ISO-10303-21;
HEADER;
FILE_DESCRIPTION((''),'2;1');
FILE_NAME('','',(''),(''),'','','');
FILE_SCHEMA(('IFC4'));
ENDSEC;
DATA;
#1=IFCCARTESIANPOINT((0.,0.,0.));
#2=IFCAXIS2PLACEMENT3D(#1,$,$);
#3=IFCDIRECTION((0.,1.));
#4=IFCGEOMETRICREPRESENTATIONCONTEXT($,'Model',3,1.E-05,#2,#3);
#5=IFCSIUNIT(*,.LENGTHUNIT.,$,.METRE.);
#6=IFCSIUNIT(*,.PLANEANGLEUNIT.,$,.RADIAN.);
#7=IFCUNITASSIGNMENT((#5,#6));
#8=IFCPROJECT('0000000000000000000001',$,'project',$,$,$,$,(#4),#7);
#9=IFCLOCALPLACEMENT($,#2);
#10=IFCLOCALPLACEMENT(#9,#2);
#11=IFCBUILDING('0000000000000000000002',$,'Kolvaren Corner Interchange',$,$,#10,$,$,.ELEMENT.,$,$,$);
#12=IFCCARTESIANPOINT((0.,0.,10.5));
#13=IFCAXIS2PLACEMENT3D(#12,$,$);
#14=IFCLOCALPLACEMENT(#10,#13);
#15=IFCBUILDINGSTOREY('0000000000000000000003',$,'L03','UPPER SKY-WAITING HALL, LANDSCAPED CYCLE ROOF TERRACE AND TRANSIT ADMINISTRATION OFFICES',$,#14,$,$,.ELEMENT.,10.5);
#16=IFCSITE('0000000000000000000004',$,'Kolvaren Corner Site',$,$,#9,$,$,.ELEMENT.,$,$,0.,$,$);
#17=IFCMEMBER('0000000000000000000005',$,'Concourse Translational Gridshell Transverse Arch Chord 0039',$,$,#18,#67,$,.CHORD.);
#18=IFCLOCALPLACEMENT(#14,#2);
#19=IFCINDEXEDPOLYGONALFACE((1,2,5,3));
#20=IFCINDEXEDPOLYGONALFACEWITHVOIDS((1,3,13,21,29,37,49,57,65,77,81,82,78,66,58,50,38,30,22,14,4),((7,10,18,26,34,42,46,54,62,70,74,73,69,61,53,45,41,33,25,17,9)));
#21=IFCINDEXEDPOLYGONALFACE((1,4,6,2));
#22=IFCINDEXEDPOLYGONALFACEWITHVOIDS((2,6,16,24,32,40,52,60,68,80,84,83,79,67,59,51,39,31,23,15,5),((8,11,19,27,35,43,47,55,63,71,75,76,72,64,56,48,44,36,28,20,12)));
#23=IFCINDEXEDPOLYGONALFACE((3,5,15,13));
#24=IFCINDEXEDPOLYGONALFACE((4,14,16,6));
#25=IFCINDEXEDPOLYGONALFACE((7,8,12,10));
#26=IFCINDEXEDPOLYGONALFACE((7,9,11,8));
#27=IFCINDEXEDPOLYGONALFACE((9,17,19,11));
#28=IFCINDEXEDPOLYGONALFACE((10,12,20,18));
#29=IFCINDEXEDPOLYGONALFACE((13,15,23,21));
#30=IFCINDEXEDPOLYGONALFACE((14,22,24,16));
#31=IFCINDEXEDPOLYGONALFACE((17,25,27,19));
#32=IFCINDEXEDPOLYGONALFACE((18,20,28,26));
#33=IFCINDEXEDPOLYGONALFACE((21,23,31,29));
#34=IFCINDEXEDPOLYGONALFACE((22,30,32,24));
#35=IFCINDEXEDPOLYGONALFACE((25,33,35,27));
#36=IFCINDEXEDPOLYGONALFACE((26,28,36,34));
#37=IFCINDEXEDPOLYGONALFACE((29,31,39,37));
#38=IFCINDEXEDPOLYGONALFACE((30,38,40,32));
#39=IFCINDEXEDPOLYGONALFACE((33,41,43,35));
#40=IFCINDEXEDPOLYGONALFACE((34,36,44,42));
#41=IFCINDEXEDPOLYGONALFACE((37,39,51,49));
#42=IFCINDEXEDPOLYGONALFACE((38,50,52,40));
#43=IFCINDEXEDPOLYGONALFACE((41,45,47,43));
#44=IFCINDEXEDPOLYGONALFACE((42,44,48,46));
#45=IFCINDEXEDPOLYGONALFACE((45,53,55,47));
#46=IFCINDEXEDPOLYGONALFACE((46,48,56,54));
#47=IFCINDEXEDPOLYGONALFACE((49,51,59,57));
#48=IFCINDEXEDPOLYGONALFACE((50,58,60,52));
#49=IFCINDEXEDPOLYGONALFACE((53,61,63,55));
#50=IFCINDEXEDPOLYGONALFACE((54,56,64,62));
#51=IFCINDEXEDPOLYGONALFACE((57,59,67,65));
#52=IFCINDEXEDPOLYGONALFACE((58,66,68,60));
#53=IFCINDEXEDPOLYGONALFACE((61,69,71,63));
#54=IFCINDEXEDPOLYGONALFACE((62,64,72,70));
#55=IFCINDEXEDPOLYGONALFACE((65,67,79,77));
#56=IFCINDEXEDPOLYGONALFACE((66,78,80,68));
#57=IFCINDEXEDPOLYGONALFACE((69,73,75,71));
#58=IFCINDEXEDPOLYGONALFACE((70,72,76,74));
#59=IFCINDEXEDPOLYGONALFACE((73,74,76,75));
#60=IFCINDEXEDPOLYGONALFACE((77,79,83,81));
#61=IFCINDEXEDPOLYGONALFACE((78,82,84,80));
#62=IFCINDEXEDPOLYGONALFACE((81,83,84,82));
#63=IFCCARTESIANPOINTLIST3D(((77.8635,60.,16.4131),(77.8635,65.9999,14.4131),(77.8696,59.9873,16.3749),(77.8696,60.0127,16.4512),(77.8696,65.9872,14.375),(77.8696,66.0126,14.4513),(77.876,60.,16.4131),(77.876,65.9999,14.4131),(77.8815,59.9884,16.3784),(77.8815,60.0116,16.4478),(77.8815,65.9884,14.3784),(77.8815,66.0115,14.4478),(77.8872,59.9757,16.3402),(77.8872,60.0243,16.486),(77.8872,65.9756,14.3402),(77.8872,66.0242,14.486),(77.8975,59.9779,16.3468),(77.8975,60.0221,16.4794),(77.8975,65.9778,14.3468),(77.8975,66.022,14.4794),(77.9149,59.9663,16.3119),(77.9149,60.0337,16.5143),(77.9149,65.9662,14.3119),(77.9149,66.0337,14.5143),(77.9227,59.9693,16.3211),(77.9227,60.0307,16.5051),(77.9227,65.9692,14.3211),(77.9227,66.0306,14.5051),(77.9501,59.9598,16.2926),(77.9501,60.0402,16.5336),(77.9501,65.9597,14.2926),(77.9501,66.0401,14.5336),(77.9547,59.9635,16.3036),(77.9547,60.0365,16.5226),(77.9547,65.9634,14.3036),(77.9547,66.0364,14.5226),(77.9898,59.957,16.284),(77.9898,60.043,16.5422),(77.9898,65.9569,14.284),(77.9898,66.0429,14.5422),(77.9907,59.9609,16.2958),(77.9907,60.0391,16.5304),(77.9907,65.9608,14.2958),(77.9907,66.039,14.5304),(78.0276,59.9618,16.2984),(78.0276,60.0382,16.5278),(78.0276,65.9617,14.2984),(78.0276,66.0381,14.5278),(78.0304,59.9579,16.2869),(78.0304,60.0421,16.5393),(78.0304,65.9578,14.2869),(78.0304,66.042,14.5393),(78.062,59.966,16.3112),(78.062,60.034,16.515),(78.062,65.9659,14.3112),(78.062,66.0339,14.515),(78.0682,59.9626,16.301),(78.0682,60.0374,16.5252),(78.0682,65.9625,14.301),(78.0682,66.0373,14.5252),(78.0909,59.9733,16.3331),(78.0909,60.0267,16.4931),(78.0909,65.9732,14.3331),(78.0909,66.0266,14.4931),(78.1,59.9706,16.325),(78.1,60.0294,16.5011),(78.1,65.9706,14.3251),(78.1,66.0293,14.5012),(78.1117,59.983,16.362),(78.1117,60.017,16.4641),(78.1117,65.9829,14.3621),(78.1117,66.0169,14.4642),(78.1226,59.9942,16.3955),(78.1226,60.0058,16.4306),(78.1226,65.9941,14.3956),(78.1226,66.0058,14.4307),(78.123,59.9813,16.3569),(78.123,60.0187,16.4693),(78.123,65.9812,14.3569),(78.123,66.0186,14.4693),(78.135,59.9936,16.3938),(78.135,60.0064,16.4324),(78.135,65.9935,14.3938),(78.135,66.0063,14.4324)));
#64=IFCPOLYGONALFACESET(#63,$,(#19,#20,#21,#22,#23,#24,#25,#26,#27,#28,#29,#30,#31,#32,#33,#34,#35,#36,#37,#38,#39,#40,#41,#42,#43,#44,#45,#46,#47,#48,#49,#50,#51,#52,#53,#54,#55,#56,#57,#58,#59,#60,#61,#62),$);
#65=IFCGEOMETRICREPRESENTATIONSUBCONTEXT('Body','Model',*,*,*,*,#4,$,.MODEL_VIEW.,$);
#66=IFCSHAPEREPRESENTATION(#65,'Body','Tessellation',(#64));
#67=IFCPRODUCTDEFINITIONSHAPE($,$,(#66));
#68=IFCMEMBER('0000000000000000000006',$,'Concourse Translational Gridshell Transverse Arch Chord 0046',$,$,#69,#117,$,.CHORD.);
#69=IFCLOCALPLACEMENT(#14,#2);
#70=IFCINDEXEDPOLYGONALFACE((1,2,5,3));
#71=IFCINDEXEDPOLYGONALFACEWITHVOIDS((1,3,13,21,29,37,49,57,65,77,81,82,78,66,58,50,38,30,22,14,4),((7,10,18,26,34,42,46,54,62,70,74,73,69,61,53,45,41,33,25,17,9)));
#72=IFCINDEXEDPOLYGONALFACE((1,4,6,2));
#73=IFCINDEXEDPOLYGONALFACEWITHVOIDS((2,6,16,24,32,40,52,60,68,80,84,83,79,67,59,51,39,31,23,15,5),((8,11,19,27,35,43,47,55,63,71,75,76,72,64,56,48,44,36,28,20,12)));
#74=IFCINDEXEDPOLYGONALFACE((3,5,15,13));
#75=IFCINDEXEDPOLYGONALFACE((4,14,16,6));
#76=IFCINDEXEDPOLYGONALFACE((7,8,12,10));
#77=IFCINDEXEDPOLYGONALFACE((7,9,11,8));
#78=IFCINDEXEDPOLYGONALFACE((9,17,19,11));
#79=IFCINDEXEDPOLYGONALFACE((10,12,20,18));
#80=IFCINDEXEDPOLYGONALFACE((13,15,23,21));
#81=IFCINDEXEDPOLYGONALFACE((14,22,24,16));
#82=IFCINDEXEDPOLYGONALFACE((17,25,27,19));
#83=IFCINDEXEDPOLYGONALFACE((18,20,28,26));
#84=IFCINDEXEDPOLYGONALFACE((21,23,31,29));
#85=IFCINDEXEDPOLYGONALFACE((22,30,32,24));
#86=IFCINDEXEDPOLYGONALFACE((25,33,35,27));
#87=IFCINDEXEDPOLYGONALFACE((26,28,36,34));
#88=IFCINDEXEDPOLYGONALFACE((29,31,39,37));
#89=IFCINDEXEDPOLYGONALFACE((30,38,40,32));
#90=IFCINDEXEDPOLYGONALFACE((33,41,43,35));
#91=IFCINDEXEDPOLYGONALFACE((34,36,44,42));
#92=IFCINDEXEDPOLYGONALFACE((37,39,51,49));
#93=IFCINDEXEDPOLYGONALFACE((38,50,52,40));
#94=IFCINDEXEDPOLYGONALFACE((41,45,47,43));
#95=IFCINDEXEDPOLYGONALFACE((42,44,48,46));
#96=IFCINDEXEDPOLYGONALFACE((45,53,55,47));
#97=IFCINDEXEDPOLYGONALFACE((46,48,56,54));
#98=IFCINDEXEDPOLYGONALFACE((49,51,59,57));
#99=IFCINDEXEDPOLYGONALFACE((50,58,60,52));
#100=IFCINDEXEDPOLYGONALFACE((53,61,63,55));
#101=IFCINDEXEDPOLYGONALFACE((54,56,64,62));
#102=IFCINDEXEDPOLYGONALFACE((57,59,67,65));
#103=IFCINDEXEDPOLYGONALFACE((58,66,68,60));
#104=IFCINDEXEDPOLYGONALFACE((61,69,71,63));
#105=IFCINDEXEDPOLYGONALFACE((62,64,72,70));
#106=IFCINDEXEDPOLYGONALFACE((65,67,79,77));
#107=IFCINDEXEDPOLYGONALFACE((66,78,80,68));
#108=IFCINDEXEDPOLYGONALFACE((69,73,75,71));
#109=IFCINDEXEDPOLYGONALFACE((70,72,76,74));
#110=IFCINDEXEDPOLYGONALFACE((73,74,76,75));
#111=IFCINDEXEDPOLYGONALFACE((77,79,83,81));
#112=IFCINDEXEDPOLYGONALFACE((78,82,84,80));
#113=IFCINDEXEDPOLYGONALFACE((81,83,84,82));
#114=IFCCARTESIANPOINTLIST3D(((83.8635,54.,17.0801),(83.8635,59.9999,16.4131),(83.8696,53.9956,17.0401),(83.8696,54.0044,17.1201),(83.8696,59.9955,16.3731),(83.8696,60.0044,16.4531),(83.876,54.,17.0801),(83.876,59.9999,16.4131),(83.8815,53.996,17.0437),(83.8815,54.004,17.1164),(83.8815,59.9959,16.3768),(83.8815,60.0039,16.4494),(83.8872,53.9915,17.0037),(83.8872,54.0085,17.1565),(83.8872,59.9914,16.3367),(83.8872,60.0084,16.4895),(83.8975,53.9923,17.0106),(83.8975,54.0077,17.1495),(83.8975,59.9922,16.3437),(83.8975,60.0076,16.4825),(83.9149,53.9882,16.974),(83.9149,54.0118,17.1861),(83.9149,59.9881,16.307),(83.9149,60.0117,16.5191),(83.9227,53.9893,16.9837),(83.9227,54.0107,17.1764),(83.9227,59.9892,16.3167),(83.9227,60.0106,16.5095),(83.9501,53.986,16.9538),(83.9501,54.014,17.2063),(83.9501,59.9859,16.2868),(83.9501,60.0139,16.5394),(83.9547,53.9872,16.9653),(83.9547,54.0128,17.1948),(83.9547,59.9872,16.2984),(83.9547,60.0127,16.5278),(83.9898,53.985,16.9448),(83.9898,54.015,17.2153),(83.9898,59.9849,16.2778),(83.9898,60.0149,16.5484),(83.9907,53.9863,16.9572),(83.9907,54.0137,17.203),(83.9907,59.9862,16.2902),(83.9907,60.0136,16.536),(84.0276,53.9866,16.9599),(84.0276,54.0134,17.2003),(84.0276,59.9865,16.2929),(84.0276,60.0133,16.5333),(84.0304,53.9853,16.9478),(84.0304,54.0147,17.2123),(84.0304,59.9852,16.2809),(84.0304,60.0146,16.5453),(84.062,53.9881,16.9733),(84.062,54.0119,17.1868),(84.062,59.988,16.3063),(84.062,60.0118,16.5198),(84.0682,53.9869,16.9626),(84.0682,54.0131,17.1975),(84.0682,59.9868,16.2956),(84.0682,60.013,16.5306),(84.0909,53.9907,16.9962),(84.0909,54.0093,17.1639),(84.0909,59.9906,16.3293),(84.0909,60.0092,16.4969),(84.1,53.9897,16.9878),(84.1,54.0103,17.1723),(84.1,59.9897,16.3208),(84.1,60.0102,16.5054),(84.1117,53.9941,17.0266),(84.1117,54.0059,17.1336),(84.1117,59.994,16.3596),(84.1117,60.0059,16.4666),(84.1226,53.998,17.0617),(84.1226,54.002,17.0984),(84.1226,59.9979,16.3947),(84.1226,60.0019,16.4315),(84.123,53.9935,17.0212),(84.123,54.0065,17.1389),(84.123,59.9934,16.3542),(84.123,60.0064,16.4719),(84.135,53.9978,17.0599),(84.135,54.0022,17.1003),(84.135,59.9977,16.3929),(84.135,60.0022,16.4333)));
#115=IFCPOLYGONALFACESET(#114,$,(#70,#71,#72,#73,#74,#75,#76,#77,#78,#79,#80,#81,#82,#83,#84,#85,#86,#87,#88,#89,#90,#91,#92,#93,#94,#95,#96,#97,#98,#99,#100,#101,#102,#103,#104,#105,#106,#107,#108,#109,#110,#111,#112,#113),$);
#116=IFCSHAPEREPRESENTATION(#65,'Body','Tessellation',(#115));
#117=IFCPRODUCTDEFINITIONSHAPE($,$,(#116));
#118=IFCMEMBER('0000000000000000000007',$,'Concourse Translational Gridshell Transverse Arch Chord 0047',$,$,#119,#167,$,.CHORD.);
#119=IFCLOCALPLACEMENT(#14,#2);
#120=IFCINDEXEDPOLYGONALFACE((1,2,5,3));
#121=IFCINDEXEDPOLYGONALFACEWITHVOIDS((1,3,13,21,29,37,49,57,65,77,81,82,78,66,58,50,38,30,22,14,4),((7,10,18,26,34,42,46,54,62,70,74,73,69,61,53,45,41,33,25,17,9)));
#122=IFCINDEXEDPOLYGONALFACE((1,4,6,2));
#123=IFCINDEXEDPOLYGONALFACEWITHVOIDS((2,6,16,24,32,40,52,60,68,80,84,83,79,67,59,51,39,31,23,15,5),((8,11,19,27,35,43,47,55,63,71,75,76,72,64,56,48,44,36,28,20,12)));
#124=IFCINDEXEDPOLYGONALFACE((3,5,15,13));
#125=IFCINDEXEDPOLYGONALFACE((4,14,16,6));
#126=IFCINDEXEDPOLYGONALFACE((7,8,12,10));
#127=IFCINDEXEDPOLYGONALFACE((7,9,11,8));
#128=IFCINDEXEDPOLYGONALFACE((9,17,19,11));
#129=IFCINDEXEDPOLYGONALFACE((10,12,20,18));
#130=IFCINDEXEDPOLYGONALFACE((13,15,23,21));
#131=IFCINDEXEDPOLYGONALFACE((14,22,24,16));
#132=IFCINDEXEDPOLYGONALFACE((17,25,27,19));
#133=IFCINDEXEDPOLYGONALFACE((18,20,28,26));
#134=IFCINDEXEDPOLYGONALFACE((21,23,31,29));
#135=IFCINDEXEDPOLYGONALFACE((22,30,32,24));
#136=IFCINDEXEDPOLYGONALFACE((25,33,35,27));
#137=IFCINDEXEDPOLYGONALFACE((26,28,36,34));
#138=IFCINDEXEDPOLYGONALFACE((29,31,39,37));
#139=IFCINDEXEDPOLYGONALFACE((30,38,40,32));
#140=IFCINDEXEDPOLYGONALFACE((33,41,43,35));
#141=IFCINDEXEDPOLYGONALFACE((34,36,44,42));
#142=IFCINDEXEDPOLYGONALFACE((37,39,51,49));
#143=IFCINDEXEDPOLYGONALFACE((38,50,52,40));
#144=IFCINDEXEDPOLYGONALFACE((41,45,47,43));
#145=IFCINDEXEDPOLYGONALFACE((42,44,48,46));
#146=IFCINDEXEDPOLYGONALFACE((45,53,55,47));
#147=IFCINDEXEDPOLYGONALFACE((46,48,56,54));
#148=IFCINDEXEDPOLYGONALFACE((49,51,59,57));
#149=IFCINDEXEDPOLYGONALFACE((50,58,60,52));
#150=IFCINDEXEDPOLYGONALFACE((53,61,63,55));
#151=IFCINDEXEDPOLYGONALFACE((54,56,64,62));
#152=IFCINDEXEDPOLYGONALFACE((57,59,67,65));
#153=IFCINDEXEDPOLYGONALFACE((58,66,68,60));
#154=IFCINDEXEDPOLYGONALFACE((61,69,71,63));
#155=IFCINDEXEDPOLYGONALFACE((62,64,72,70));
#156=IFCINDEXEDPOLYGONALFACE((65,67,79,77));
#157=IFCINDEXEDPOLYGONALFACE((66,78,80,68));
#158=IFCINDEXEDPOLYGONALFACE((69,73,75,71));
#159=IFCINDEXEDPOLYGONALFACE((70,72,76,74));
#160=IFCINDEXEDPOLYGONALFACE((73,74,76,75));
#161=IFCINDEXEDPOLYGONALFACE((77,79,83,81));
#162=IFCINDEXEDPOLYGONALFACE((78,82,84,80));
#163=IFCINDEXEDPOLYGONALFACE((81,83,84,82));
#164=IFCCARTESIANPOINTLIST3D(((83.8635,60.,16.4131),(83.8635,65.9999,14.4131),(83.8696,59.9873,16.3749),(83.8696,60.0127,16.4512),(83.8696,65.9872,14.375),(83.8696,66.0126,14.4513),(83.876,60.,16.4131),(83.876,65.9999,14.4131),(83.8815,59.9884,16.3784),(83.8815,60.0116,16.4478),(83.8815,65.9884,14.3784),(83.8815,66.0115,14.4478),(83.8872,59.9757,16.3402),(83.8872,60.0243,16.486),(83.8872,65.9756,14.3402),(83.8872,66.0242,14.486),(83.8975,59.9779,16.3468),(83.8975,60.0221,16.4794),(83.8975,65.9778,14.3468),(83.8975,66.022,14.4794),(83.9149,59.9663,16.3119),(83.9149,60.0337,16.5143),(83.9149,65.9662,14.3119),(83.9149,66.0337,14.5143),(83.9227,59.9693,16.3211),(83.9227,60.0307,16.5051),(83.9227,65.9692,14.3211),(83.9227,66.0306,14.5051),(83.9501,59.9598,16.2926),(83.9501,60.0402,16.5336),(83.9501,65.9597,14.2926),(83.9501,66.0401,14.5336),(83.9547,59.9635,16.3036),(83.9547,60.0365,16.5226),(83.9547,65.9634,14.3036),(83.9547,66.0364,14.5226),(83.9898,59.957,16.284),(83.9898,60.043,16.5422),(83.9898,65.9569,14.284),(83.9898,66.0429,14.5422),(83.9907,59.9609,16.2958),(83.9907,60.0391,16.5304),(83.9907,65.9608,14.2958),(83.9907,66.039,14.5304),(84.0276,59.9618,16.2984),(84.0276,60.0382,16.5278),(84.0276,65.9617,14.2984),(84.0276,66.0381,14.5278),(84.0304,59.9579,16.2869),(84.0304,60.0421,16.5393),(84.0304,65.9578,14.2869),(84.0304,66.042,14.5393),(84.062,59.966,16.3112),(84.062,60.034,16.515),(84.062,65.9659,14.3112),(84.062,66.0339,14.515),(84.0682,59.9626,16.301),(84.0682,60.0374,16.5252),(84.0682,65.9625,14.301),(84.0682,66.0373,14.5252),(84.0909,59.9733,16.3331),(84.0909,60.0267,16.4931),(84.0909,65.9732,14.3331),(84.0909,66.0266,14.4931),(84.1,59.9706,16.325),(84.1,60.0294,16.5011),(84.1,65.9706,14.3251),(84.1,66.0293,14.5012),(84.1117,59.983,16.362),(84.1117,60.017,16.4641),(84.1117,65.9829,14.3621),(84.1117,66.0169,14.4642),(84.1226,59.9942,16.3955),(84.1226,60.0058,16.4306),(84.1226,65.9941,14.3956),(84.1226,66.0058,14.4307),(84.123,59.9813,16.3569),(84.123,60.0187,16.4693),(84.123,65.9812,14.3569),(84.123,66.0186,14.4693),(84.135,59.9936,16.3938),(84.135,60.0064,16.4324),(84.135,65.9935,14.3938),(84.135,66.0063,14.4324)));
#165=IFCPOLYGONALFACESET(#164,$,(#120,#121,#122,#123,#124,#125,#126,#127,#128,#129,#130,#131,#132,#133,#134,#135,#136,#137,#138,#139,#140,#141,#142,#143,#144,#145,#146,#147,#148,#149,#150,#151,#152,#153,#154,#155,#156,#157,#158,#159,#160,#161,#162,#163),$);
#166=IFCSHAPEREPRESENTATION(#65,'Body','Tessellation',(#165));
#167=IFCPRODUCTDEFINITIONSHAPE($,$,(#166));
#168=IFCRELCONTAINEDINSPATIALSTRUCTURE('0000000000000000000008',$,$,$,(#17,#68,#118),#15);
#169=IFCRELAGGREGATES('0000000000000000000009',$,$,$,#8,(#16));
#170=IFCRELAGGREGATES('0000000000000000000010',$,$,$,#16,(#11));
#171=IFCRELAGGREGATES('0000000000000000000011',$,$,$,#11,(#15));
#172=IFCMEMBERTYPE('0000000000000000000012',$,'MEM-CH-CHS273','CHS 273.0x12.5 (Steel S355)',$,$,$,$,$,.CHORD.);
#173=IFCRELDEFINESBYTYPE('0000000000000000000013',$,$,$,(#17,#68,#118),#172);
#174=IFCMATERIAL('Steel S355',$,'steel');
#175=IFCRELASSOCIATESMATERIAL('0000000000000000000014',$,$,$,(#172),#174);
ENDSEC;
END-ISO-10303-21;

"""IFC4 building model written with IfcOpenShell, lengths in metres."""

from ifc_helpers import new_model, si_unit, direction, frame, origin, origin_2d, place, context, subcontext, project, spatial, hollow_circle, extrude, material, material_profile, profile_set, type_object, element, save


model = new_model("IFC4")

# Units and contexts
model_context = context("Model", 3, precision=1e-05, world=origin(), true_north=direction((0.0, 1.0)))
body_context = subcontext(model_context, "Body", "Model", "MODEL_VIEW")
ifc_project = project(units=[si_unit("LENGTHUNIT", "METRE"), si_unit("PLANEANGLEUNIT", "RADIAN")], contexts=[model_context])

# Site, building, storey
site_placement = place(None, origin())
site = spatial("IfcSite", under=ifc_project, at=site_placement, Name="Kolvaren Corner Site", CompositionType="ELEMENT", RefElevation=0.0)
building_placement = place(site_placement, origin())
building = spatial("IfcBuilding", under=site, at=building_placement, Name="Kolvaren Corner Interchange", CompositionType="ELEMENT")
storey_placement = place(building_placement, frame((0.0, 0.0, 10.5)))
storey = spatial("IfcBuildingStorey", under=building, at=storey_placement, Name="L03", Description="UPPER SKY-WAITING HALL, LANDSCAPED CYCLE ROOF TERRACE AND TRANSIT ADMINISTRATION OFFICES", CompositionType="ELEMENT", Elevation=10.5)

# Members
ifc_material_1 = material(Name="Steel S355", Category="steel")
ifc_material_profile_1 = material_profile(ifc_material_1, hollow_circle(Radius=0.1365, WallThickness=0.0125, at=origin_2d()), Name="CHS 273.0x12.5")
ifc_profile_set_1 = profile_set([ifc_material_profile_1], Name="Steel S355")
member_type_1 = type_object("IfcMemberType", Name="MEM-CH-CHS273", Description="CHS 273.0x12.5 (Steel S355)", PredefinedType="CHORD", material=ifc_profile_set_1)
member_1_placement = place(storey_placement, frame((78.0, 60.0, 16.4131), z_axis=(0.0, 0.948683, -0.316228), x_axis=(-1.0, 0.0, 0.0)))
element("IfcMember", 1, at=member_1_placement, inside=storey, type_object=member_type_1, Name="Concourse Translational Gridshell Transverse Arch Chord 0039", PredefinedType="CHORD", context=body_context, shape_type="SweptSolid", body=[
    extrude(hollow_circle(Radius=0.1365, WallThickness=0.0125, at=origin_2d()), origin(), (0.0, 0.0, 1.0), 6.3245),
])
member_2_placement = place(storey_placement, frame((84.0, 54.0, 17.0801), z_axis=(0.0, 0.993878, -0.110485), x_axis=(-1.0, 0.0, 0.0)))
element("IfcMember", 2, at=member_2_placement, inside=storey, type_object=member_type_1, Name="Concourse Translational Gridshell Transverse Arch Chord 0046", PredefinedType="CHORD", context=body_context, shape_type="SweptSolid", body=[
    extrude(hollow_circle(Radius=0.1365, WallThickness=0.0125, at=origin_2d()), origin(), (0.0, 0.0, 1.0), 6.0369),
])
member_3_placement = place(storey_placement, frame((84.0, 60.0, 16.4131), z_axis=(0.0, 0.948683, -0.316228), x_axis=(-1.0, 0.0, 0.0)))
element("IfcMember", 3, at=member_3_placement, inside=storey, type_object=member_type_1, Name="Concourse Translational Gridshell Transverse Arch Chord 0047", PredefinedType="CHORD", context=body_context, shape_type="SweptSolid", body=[
    extrude(hollow_circle(Radius=0.1365, WallThickness=0.0125, at=origin_2d()), origin(), (0.0, 0.0, 1.0), 6.3245),
])

save(model, "model.ifc")
